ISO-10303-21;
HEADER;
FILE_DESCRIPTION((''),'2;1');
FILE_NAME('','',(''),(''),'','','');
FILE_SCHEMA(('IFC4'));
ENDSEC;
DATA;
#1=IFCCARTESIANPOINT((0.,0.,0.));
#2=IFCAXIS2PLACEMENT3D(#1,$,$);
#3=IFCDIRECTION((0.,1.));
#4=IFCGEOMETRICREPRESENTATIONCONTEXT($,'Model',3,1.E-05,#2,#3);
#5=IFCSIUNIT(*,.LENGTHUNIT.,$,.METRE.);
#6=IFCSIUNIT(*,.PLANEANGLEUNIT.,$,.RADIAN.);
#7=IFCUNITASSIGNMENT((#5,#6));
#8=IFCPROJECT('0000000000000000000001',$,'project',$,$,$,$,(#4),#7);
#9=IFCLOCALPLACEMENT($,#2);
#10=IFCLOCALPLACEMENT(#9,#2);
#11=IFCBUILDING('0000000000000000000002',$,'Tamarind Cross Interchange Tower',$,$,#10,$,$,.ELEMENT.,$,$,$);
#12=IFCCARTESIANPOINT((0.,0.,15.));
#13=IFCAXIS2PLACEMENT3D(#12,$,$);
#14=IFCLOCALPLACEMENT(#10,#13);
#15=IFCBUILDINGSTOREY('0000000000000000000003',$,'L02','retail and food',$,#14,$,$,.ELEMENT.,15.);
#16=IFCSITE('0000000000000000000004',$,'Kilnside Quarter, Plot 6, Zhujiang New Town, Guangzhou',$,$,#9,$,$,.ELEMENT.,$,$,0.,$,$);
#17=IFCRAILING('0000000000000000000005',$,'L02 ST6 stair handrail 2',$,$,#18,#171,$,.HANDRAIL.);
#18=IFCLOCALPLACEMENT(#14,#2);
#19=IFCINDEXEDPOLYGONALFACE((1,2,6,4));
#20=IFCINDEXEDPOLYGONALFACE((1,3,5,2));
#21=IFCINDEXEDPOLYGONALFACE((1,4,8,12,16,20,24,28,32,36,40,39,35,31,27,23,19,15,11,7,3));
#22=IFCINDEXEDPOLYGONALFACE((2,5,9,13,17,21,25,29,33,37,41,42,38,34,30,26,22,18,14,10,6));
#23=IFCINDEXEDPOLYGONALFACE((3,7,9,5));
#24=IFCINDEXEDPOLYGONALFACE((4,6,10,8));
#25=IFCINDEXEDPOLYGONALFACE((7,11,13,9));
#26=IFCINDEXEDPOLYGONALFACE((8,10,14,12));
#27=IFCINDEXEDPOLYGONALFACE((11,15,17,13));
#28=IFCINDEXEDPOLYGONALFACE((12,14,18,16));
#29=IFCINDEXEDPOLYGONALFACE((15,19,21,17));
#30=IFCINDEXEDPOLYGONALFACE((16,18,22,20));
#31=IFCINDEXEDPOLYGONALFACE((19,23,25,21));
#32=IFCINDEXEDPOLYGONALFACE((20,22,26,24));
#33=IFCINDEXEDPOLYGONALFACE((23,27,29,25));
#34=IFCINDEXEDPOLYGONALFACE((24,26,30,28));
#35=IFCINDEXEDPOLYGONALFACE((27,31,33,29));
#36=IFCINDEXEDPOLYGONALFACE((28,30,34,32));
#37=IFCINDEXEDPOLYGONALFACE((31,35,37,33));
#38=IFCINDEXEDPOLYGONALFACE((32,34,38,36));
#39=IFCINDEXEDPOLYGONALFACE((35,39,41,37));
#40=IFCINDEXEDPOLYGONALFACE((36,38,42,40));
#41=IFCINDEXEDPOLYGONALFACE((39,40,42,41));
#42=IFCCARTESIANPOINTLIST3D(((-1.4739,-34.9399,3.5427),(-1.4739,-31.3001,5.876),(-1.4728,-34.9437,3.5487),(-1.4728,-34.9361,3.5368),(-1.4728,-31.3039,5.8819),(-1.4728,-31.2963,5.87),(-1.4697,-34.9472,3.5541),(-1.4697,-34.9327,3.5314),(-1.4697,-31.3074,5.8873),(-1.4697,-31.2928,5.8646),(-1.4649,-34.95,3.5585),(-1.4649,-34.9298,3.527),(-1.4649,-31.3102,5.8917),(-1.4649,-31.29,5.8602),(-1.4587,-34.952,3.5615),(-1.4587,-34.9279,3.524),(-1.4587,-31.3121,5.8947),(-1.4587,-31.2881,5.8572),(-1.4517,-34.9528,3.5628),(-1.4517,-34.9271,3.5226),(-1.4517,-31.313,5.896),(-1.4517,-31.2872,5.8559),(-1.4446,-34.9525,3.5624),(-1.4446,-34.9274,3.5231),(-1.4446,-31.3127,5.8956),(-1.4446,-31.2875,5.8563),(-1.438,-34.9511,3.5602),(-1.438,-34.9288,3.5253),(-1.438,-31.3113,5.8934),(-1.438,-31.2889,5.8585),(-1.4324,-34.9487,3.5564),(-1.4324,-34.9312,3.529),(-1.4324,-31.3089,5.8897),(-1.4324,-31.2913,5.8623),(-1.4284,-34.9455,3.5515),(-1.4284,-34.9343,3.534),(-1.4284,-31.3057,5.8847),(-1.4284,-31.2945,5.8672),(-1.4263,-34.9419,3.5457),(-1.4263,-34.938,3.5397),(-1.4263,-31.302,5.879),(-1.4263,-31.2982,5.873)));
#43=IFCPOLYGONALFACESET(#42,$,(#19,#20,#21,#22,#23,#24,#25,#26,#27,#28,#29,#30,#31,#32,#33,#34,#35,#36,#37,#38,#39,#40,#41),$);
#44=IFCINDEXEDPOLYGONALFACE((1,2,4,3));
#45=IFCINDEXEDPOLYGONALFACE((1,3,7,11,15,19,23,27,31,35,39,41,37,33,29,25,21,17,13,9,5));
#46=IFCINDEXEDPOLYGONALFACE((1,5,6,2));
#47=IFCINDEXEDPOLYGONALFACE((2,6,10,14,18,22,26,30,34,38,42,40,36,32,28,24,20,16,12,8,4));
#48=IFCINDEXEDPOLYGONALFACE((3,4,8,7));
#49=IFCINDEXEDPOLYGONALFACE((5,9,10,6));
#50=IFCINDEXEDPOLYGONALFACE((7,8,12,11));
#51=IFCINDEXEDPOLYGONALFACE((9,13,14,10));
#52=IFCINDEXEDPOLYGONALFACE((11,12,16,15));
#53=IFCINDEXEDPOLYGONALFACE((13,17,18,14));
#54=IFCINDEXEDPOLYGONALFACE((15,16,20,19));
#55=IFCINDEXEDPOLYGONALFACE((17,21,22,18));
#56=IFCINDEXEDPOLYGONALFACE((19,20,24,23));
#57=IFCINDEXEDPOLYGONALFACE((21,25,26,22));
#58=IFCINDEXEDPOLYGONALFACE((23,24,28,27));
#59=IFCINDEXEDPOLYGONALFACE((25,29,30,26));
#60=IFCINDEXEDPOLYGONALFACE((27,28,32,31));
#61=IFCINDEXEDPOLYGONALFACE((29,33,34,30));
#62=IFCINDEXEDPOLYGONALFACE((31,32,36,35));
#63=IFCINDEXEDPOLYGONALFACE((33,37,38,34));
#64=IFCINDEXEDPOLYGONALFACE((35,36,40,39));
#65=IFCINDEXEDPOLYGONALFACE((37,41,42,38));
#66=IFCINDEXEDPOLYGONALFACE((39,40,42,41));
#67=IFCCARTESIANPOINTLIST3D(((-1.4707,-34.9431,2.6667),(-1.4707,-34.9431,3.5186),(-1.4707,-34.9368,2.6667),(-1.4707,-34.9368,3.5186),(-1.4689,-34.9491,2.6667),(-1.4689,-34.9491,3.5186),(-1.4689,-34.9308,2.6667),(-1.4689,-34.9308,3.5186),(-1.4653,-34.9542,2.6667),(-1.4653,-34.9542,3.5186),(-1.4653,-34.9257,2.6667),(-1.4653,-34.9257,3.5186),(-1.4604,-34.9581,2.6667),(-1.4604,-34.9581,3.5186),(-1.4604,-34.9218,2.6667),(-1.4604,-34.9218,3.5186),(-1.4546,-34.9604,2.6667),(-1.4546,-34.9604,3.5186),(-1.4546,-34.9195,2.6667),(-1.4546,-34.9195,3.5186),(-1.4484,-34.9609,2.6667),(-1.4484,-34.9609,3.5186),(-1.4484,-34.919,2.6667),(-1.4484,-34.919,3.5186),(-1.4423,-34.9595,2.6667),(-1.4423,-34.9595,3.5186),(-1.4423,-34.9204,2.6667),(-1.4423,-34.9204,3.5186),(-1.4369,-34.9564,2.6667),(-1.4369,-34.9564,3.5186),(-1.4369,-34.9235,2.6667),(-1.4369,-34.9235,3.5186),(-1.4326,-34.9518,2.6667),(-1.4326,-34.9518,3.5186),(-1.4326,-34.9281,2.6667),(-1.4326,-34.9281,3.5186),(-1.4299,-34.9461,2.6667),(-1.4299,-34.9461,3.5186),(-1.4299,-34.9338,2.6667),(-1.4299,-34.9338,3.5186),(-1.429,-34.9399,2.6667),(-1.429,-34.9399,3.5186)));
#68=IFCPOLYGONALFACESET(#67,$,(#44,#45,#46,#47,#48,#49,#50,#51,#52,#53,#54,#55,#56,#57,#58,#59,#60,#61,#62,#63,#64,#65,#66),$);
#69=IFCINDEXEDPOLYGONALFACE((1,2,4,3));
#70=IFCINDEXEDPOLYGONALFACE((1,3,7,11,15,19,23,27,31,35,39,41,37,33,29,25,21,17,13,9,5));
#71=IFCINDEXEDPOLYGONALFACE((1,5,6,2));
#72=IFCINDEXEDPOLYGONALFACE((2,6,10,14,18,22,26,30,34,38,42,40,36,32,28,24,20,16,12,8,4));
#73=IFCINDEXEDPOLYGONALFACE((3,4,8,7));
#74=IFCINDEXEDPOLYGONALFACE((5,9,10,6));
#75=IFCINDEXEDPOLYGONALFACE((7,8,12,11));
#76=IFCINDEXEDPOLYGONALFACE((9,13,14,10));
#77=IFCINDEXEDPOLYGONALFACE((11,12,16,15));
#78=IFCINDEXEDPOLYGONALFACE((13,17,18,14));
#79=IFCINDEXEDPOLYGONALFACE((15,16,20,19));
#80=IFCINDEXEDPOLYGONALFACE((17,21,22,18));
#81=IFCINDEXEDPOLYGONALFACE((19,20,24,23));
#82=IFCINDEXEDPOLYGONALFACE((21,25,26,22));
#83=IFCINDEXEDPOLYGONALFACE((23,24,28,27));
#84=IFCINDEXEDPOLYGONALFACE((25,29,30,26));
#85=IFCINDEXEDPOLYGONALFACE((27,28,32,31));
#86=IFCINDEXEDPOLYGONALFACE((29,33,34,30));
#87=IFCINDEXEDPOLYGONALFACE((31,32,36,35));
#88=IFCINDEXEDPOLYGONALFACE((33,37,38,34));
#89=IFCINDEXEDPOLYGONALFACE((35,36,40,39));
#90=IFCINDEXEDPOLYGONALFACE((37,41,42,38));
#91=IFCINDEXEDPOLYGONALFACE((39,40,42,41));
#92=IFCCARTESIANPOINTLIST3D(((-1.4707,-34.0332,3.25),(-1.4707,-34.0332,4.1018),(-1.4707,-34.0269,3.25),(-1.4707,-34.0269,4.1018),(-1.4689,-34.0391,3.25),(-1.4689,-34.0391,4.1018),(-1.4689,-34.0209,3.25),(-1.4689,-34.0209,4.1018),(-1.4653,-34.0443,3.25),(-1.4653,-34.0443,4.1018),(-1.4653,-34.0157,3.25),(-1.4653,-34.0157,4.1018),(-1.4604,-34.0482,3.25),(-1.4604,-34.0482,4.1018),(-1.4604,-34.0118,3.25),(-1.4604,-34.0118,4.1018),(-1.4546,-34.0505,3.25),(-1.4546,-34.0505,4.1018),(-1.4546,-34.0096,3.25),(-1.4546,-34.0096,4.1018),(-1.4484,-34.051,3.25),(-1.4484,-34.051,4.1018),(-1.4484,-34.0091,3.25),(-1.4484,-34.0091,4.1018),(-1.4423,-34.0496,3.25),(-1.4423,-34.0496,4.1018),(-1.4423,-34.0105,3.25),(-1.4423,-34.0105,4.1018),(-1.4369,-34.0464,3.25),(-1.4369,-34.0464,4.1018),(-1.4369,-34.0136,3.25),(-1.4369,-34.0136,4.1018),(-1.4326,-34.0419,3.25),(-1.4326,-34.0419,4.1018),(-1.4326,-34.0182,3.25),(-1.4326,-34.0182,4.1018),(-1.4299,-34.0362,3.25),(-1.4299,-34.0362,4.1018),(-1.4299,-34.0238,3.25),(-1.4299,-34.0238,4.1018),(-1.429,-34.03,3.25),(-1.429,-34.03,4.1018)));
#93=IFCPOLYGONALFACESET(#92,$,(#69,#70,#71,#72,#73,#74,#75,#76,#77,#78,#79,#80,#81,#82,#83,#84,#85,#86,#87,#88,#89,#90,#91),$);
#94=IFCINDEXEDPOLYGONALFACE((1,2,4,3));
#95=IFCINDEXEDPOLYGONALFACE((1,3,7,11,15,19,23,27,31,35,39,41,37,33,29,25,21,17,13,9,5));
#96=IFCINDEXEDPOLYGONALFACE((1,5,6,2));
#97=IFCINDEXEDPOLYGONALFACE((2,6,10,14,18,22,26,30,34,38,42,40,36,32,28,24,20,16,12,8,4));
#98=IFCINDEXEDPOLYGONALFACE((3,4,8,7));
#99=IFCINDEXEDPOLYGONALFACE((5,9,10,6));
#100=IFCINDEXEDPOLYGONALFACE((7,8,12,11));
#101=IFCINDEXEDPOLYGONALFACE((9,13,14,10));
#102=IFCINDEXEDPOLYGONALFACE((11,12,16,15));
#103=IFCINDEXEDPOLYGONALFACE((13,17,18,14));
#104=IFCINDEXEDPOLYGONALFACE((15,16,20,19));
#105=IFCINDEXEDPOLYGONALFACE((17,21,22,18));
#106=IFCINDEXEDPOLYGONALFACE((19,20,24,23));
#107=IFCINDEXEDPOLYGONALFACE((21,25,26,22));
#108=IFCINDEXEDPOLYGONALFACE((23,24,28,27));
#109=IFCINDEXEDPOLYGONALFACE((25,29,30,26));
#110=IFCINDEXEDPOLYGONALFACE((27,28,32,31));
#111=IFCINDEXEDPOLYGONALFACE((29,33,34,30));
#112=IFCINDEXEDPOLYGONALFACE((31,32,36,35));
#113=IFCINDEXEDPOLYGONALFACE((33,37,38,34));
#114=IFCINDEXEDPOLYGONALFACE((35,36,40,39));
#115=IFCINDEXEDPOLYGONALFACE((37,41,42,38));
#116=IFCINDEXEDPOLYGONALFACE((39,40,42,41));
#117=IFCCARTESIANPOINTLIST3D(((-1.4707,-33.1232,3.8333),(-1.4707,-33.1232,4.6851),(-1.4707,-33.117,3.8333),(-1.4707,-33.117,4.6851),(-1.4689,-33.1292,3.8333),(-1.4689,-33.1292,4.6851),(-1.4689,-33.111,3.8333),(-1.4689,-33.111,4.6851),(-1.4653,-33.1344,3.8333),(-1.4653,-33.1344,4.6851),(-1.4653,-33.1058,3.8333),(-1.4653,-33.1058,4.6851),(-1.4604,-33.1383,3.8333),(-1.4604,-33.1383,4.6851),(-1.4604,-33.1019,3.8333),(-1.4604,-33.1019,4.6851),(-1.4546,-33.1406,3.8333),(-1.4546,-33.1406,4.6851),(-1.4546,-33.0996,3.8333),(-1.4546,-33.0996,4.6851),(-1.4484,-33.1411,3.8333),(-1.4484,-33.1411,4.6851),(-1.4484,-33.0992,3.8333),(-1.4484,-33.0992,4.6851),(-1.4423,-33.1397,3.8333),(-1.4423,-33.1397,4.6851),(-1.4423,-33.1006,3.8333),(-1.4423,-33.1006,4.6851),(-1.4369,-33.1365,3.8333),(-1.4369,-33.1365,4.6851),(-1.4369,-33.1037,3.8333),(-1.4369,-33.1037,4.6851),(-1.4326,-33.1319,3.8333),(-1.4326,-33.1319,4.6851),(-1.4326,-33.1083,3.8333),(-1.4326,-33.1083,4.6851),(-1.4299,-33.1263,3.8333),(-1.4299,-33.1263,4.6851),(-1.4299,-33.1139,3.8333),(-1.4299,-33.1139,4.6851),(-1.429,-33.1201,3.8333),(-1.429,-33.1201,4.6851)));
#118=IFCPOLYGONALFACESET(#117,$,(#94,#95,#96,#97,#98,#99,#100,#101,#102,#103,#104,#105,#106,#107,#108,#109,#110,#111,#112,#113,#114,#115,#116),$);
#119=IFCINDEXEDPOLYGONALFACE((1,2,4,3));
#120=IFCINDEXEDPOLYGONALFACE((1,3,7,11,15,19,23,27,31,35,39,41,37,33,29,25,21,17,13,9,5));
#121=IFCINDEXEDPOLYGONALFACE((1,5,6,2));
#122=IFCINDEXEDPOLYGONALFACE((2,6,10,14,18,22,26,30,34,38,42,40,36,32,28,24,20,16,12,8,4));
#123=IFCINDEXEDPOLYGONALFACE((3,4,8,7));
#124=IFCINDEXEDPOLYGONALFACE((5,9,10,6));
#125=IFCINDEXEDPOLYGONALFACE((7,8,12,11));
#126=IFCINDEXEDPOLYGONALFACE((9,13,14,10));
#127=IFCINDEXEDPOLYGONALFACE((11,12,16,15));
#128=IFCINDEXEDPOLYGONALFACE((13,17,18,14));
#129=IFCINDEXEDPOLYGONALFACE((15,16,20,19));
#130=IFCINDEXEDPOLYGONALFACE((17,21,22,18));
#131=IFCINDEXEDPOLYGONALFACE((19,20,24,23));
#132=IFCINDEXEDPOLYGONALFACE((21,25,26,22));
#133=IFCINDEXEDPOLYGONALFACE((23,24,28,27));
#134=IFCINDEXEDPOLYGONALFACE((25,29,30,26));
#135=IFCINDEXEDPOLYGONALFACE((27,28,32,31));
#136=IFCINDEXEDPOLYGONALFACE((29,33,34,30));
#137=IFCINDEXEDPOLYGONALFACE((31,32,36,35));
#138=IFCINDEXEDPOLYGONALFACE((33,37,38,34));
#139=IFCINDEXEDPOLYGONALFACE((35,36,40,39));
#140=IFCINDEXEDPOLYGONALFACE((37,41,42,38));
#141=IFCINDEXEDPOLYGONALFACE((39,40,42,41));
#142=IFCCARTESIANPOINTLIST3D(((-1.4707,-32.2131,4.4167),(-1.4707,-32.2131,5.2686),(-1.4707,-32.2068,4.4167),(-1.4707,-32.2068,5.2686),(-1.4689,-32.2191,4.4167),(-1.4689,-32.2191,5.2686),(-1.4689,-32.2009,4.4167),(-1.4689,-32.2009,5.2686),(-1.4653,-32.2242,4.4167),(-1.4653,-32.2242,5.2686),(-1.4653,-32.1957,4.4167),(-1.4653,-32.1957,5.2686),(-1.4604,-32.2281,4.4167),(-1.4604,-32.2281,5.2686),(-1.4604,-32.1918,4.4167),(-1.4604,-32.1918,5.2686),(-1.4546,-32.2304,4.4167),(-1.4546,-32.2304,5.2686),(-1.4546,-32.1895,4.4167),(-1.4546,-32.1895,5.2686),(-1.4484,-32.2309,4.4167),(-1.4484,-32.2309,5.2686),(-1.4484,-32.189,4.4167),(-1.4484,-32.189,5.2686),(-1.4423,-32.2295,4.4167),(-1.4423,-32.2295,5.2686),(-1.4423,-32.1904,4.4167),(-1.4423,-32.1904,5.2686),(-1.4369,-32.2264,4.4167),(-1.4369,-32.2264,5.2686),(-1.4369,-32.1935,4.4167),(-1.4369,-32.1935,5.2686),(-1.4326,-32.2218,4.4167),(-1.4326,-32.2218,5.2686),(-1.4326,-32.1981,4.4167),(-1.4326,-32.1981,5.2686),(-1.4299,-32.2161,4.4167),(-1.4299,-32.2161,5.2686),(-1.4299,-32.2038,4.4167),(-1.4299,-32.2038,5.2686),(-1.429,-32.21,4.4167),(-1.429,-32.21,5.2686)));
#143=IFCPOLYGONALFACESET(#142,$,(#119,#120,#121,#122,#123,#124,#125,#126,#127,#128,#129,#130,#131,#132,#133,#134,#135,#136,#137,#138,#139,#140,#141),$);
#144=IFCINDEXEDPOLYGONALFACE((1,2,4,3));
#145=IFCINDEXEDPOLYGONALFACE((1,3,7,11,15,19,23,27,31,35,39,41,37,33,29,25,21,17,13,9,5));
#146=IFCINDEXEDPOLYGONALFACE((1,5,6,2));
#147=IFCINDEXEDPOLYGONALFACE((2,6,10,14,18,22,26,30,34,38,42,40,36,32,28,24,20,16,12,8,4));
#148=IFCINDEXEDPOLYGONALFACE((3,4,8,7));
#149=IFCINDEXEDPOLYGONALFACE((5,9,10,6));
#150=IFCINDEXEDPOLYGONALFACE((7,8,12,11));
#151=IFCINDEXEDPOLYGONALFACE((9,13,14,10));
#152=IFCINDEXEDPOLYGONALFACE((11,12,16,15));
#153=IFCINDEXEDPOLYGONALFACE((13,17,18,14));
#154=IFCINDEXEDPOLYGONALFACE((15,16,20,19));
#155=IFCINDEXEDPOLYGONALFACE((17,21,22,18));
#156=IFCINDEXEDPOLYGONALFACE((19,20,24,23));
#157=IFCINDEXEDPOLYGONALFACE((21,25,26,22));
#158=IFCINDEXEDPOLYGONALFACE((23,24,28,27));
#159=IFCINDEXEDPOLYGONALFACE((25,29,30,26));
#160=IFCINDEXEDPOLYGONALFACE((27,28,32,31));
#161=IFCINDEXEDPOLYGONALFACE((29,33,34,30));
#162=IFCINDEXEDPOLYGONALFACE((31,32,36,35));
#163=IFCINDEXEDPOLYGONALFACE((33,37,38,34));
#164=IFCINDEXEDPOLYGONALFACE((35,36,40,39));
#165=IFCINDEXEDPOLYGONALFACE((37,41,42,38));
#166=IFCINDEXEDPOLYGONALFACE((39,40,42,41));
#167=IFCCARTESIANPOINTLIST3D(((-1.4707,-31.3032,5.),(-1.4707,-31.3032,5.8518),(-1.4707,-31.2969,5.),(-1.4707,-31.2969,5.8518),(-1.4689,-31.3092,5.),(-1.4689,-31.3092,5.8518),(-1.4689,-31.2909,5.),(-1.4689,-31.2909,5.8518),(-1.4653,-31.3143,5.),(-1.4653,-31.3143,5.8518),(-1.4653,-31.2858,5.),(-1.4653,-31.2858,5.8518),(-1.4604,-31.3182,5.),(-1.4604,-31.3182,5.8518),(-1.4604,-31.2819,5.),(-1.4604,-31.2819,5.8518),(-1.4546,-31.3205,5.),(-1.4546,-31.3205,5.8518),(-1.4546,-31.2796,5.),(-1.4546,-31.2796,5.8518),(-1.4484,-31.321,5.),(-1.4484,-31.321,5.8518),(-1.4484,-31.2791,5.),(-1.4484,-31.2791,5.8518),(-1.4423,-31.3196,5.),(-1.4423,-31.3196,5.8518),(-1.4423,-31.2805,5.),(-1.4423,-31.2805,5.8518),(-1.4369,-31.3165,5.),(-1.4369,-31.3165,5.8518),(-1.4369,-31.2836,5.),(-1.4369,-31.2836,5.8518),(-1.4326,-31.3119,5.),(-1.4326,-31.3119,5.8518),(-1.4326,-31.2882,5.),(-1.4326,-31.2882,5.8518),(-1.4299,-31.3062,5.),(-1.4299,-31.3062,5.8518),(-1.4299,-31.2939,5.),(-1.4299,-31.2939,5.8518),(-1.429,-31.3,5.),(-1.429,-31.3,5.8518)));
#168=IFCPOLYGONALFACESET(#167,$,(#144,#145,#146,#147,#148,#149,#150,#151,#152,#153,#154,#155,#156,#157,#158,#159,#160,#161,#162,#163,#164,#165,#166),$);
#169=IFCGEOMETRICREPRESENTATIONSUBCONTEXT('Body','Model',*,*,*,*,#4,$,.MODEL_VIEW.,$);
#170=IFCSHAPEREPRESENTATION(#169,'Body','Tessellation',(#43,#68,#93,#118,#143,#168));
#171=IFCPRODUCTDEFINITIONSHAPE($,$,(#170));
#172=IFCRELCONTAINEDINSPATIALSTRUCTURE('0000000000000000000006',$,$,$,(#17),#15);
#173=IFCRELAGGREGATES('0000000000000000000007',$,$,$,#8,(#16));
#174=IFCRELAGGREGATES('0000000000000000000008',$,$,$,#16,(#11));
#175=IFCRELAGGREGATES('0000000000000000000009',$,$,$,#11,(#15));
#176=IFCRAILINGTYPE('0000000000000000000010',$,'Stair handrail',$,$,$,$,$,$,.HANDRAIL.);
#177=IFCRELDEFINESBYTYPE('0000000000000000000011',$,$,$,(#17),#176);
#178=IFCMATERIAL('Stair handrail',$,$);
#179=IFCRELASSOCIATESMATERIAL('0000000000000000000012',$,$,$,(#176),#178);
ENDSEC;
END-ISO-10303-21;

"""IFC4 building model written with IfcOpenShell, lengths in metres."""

from ifc_helpers import new_model, si_unit, direction, frame, origin, origin_2d, place, context, subcontext, project, spatial, circle, extrude, material, type_object, element, save


model = new_model("IFC4")

# Units and contexts
model_context = context("Model", 3, precision=1e-05, world=origin(), true_north=direction((0.0, 1.0)))
body_context = subcontext(model_context, "Body", "Model", "MODEL_VIEW")
ifc_project = project(units=[si_unit("LENGTHUNIT", "METRE"), si_unit("PLANEANGLEUNIT", "RADIAN")], contexts=[model_context])

# Site, building, storey
site_placement = place(None, origin())
site = spatial("IfcSite", under=ifc_project, at=site_placement, Name="Kilnside Quarter, Plot 6, Zhujiang New Town, Guangzhou", CompositionType="ELEMENT", RefElevation=0.0)
building_placement = place(site_placement, origin())
building = spatial("IfcBuilding", under=site, at=building_placement, Name="Tamarind Cross Interchange Tower", CompositionType="ELEMENT")
storey_placement = place(building_placement, frame((0.0, 0.0, 15.0)))
storey = spatial("IfcBuildingStorey", under=building, at=storey_placement, Name="L02", Description="retail and food", CompositionType="ELEMENT", Elevation=15.0)

# Railing
ifc_material_1 = material(Name="Stair handrail")
railing_type_1 = type_object("IfcRailingType", Name="Stair handrail", PredefinedType="HANDRAIL", material=ifc_material_1)
railing_1_placement = place(storey_placement, frame((-1.45, -34.9399, 2.6667)))
element("IfcRailing", 1, at=railing_1_placement, inside=storey, type_object=railing_type_1, Name="L02 ST6 stair handrail 2", PredefinedType="HANDRAIL", context=body_context, shape_type="SweptSolid", body=[
    extrude(circle(Radius=0.0239, at=origin_2d()), frame((0.0, 0.0, 0.876), z_axis=(0.0, 0.84188, 0.539664), x_axis=(-1.0, 0.0, 0.0)), (0.0, 0.0, 1.0), 4.3235),
    extrude(circle(Radius=0.021, at=origin_2d()), origin(), (0.0, 0.0, 1.0), 0.8518),
    extrude(circle(Radius=0.021, at=origin_2d()), frame((0.0, 0.9099, 0.5833)), (0.0, 0.0, 1.0), 0.8518),
    extrude(circle(Radius=0.021, at=origin_2d()), frame((0.0, 1.8198, 1.1665)), (0.0, 0.0, 1.0), 0.8518),
    extrude(circle(Radius=0.021, at=origin_2d()), frame((0.0, 2.73, 1.75)), (0.0, 0.0, 1.0), 0.8518),
    extrude(circle(Radius=0.021, at=origin_2d()), frame((0.0, 3.6399, 2.3333)), (0.0, 0.0, 1.0), 0.8518),
])

save(model, "model.ifc")
